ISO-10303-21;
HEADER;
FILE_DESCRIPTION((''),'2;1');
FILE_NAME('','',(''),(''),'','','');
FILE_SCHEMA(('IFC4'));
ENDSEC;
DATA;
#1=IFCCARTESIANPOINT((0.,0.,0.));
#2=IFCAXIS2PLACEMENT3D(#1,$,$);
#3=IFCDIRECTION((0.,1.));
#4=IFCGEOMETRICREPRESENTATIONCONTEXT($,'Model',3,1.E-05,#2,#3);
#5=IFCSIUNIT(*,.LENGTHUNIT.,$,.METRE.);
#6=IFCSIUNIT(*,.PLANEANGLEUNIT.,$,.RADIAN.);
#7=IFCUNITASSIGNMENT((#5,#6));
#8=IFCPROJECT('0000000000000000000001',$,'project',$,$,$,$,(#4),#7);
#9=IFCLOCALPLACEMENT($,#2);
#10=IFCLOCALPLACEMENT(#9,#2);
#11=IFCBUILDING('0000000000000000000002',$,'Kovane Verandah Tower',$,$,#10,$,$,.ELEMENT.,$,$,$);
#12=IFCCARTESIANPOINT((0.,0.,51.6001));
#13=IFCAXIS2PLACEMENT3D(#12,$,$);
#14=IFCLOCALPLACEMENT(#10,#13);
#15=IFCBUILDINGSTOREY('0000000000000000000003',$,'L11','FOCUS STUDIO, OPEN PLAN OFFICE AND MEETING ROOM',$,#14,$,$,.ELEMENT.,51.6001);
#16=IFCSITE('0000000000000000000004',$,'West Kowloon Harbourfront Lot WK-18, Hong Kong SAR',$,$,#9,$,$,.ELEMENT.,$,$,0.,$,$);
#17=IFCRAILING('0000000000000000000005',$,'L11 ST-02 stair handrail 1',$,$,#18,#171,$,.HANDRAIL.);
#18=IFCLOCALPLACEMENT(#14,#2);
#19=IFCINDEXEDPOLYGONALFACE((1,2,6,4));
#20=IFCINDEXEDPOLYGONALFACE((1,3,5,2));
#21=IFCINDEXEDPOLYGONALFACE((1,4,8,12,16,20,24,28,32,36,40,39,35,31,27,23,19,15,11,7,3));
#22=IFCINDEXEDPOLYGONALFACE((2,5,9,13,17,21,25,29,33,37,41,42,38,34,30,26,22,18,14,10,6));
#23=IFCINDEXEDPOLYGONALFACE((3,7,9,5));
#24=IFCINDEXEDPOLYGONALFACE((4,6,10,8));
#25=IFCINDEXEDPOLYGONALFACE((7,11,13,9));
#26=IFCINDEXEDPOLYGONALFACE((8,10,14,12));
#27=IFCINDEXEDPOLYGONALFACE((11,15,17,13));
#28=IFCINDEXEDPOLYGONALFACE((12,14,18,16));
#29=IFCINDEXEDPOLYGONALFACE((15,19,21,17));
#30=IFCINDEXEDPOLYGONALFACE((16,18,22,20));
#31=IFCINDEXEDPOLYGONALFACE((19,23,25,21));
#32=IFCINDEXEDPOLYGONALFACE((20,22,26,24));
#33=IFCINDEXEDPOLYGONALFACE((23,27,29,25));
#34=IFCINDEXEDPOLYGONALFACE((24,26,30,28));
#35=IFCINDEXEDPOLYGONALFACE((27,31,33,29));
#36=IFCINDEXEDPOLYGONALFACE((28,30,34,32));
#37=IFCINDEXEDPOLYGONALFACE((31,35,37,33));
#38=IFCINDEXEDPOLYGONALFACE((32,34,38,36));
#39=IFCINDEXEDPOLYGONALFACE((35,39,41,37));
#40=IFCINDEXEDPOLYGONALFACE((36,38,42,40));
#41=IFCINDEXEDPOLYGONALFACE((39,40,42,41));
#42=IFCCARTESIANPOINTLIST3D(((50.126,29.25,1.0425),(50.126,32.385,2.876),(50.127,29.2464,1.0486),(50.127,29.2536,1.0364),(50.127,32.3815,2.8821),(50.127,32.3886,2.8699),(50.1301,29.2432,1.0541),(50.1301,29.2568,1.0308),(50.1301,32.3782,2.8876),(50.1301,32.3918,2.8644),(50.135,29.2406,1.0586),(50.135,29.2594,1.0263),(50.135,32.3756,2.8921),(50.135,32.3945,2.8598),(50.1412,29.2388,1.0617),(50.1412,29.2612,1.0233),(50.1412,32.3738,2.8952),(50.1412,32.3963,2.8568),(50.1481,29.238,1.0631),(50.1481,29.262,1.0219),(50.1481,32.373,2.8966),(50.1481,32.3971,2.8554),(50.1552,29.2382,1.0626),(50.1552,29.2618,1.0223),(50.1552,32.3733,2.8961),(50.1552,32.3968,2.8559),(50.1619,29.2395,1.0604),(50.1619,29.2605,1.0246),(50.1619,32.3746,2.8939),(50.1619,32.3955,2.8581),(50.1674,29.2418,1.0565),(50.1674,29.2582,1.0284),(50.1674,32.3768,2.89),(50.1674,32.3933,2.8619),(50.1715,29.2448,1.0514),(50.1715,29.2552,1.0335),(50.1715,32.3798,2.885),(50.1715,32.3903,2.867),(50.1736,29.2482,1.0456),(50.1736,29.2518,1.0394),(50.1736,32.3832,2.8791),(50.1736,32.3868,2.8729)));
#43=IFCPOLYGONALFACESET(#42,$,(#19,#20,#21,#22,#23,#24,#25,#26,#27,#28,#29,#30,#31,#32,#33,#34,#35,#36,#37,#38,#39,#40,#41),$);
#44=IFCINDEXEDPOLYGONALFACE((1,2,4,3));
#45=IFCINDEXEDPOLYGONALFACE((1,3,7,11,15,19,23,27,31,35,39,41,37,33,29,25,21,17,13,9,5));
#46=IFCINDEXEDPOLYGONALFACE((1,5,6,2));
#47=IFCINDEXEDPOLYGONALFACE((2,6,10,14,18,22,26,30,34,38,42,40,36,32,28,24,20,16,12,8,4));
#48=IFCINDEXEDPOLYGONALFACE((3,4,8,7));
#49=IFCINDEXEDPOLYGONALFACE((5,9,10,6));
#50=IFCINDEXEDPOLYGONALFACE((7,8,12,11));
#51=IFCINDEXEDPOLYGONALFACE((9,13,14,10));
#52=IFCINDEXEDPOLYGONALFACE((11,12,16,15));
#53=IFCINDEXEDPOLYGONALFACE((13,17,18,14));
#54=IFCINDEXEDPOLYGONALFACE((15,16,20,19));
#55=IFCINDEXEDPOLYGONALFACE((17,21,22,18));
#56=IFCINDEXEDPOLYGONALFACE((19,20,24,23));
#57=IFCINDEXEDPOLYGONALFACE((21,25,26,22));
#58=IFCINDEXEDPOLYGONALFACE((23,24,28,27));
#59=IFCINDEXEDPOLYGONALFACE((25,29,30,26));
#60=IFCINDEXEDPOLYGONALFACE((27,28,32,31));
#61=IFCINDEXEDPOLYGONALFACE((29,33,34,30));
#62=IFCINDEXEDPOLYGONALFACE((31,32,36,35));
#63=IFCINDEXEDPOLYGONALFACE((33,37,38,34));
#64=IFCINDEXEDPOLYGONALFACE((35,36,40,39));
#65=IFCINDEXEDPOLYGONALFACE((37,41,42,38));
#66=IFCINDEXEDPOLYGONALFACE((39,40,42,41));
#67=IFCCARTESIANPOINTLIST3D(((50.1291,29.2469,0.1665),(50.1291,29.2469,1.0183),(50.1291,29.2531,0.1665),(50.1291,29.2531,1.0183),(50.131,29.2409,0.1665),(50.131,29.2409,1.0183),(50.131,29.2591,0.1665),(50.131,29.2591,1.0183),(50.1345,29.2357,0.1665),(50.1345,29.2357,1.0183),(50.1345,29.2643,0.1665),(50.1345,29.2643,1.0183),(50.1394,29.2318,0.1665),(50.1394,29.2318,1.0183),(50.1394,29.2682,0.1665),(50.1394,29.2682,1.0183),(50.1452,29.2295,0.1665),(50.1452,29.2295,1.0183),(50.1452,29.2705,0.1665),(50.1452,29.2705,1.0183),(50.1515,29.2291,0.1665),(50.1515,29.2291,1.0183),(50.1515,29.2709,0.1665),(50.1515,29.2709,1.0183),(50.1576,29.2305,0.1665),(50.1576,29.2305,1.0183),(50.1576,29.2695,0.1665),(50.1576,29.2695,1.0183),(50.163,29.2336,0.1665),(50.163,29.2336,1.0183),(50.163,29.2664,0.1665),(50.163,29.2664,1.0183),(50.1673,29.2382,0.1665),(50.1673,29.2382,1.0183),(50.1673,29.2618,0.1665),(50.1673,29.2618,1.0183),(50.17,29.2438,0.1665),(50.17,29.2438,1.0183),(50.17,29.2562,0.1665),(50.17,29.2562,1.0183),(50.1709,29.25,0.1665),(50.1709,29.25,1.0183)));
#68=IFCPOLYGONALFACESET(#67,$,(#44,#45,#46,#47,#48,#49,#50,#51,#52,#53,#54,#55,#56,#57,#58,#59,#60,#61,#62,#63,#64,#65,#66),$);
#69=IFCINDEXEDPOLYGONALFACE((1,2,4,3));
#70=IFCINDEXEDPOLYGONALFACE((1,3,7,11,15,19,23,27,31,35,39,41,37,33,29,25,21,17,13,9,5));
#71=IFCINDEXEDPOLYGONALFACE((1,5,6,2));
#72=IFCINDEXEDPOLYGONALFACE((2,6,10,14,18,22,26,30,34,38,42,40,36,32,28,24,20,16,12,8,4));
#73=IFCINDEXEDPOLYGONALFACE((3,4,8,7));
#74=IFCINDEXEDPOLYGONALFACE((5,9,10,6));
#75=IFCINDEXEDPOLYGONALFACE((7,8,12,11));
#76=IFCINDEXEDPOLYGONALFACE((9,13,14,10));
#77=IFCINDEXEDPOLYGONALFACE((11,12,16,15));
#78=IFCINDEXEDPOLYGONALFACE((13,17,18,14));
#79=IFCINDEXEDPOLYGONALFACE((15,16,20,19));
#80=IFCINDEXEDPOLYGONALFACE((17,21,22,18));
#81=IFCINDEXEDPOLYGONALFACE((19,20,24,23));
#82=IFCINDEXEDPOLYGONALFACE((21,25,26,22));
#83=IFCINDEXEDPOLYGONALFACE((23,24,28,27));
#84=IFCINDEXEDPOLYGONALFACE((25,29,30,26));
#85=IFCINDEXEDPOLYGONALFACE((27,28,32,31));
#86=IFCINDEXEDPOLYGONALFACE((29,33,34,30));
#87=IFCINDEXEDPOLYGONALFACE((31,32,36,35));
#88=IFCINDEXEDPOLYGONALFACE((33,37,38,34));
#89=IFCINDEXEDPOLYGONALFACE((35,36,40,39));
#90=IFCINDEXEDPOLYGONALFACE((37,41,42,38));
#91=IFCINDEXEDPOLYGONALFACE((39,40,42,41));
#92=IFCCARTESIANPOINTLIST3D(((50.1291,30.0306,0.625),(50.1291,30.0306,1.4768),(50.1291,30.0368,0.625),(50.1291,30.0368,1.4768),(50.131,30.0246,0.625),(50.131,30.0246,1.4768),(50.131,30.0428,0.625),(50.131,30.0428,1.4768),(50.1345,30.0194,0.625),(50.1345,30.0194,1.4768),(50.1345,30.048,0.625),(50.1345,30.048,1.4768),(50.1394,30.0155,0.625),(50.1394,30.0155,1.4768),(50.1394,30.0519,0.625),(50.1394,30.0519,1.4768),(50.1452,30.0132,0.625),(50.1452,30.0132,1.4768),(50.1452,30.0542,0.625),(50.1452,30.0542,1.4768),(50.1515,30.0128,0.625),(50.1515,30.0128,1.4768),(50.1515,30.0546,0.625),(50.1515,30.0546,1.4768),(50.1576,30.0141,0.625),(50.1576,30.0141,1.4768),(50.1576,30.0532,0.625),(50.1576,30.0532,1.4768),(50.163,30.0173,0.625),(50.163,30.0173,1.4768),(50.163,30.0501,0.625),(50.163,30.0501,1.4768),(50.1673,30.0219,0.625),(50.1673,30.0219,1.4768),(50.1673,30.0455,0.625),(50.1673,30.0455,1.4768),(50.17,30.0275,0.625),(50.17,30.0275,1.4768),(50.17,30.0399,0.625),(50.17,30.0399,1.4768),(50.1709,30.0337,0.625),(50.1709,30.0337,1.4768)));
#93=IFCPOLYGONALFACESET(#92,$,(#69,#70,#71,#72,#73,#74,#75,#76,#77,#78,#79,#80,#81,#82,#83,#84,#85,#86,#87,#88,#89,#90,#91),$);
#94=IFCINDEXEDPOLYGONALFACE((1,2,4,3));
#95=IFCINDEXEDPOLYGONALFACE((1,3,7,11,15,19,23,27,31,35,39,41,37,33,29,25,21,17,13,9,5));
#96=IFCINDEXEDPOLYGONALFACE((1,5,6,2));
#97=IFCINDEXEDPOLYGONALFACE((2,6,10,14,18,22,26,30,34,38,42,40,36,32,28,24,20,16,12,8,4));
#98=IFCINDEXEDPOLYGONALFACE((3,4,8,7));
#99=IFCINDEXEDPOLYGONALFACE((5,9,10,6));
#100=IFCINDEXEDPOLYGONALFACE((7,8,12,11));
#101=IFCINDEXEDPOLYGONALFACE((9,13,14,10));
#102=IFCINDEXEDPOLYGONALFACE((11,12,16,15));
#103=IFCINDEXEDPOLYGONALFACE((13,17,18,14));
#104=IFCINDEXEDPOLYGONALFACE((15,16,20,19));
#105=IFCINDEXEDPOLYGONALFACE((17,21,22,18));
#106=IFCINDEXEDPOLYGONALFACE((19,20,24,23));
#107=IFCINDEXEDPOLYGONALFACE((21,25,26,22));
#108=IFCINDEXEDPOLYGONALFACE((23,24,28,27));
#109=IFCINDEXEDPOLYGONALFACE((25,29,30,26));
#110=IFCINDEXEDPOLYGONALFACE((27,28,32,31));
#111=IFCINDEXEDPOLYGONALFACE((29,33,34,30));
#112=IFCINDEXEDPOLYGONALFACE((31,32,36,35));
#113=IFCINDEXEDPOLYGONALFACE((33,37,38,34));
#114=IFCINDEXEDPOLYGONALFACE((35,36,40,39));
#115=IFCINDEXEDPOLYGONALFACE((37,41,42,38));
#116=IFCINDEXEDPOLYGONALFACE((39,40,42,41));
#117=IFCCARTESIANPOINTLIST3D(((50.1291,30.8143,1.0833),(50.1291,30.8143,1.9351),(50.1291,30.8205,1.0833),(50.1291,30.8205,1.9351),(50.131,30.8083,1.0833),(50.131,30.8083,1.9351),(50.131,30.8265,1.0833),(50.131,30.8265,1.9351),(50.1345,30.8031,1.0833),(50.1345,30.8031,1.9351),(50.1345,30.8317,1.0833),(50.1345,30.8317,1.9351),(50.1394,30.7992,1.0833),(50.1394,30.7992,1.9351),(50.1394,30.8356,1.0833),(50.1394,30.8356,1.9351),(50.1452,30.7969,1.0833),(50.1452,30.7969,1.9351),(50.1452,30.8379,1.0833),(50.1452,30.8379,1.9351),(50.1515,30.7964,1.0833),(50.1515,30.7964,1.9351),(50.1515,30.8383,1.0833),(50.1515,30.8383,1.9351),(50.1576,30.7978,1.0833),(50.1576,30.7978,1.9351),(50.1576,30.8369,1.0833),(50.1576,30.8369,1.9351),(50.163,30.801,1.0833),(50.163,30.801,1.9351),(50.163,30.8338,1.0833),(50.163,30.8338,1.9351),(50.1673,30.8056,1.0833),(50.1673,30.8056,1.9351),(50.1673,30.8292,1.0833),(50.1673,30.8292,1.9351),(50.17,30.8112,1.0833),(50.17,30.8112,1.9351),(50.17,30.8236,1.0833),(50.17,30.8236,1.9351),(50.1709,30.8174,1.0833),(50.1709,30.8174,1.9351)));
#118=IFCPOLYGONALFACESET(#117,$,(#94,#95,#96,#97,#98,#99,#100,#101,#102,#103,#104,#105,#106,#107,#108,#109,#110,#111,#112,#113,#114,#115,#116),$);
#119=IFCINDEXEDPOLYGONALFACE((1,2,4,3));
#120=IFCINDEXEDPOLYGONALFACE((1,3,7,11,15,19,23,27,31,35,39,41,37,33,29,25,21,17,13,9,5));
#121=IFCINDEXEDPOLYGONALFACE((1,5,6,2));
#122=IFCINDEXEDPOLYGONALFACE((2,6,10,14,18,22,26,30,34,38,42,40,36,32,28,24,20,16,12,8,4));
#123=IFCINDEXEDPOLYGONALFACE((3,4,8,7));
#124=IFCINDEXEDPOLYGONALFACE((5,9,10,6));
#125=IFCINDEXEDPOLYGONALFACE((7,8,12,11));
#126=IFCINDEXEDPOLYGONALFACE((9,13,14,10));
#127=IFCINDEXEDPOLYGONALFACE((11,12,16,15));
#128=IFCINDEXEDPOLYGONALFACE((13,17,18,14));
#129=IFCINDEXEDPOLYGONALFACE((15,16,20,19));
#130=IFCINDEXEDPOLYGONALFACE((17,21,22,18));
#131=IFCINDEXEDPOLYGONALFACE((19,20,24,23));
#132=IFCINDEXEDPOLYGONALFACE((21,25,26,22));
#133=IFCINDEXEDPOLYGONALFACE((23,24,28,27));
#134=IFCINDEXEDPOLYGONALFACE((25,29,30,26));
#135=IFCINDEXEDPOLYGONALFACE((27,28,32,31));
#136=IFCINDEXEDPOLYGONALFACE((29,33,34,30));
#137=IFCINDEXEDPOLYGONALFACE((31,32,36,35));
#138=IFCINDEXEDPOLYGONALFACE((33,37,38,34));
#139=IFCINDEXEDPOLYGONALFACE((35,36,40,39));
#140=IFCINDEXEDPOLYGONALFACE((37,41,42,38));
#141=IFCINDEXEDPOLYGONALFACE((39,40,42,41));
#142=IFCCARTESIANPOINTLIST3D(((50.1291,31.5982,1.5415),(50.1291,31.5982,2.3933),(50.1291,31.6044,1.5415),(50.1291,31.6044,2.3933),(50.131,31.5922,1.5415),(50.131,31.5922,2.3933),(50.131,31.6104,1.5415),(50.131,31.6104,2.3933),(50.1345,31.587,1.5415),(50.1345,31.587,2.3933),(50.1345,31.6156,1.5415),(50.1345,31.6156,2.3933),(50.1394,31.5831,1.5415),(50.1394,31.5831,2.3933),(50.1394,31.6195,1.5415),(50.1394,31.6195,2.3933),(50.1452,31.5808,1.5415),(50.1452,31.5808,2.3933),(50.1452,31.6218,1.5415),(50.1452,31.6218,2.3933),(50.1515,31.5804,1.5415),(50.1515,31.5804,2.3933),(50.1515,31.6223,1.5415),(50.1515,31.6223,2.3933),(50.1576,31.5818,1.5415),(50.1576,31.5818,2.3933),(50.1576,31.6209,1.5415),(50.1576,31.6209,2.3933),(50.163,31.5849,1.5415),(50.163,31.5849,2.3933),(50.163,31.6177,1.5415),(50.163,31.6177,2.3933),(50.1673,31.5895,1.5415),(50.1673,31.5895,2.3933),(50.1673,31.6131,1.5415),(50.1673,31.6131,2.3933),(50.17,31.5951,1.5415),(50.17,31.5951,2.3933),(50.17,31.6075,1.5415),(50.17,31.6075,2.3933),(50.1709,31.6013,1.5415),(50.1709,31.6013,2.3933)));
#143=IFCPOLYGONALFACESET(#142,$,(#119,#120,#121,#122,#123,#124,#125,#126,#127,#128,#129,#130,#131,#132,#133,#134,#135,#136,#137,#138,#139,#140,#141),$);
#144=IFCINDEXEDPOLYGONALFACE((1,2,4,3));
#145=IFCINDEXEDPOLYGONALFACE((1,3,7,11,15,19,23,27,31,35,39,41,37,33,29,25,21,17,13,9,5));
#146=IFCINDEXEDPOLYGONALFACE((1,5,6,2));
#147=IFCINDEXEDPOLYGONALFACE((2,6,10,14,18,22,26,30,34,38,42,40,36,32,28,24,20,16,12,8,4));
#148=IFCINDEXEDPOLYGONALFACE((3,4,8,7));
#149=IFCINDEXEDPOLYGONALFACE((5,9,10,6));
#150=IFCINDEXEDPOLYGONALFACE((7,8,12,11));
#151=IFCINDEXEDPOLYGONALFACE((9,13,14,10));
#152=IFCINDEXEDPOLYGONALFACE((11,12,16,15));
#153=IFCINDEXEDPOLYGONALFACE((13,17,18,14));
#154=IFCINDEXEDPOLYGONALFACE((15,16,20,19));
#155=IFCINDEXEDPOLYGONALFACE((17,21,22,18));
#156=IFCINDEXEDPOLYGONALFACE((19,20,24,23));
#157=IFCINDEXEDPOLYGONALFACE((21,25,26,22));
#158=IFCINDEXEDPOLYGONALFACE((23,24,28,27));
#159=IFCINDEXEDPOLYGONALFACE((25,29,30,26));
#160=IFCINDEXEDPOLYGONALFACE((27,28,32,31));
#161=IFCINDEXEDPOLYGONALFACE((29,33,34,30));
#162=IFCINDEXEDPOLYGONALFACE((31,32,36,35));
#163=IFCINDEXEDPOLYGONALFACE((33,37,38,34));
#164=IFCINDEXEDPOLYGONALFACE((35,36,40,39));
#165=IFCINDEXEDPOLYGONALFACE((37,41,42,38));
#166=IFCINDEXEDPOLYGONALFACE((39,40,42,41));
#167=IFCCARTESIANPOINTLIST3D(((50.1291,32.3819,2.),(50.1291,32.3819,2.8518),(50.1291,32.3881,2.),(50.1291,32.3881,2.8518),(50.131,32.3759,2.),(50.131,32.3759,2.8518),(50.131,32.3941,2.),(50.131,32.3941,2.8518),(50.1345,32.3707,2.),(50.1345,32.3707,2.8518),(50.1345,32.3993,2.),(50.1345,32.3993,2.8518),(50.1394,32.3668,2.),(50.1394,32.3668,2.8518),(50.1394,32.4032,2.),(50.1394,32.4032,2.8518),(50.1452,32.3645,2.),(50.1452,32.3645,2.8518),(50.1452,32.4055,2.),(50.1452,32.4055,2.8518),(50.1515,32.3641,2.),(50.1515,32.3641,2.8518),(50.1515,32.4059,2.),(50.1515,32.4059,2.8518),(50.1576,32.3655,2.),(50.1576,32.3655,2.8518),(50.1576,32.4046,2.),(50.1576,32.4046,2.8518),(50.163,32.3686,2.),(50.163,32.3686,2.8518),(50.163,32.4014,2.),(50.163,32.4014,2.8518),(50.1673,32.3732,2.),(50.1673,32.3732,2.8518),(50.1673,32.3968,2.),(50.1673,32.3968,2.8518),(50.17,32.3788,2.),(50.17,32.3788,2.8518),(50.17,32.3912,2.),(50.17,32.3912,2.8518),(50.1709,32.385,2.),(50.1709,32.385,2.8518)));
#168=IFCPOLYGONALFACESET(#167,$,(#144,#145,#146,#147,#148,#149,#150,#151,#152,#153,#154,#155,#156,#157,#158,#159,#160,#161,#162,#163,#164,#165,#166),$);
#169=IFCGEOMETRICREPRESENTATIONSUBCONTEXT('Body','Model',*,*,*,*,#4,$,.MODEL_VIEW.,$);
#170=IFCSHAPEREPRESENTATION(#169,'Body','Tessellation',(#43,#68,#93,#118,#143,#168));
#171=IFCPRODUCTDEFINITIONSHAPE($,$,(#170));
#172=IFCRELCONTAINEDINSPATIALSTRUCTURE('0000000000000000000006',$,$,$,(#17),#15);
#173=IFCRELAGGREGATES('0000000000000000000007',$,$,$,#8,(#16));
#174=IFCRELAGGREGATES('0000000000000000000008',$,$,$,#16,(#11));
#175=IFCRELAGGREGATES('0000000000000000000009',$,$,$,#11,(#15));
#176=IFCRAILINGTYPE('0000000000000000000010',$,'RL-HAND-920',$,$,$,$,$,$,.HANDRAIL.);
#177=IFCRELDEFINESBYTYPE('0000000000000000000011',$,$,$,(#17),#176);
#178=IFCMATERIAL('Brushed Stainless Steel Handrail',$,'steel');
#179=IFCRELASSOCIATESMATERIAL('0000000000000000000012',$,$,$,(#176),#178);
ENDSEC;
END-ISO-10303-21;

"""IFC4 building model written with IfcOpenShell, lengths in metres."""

from ifc_helpers import new_model, si_unit, direction, frame, origin, origin_2d, place, context, subcontext, project, spatial, circle, extrude, material, type_object, element, save


model = new_model("IFC4")

# Units and contexts
model_context = context("Model", 3, precision=1e-05, world=origin(), true_north=direction((0.0, 1.0)))
body_context = subcontext(model_context, "Body", "Model", "MODEL_VIEW")
ifc_project = project(units=[si_unit("LENGTHUNIT", "METRE"), si_unit("PLANEANGLEUNIT", "RADIAN")], contexts=[model_context])

# Site, building, storey
site_placement = place(None, origin())
site = spatial("IfcSite", under=ifc_project, at=site_placement, Name="West Kowloon Harbourfront Lot WK-18, Hong Kong SAR", CompositionType="ELEMENT", RefElevation=0.0)
building_placement = place(site_placement, origin())
building = spatial("IfcBuilding", under=site, at=building_placement, Name="Kovane Verandah Tower", CompositionType="ELEMENT")
storey_placement = place(building_placement, frame((0.0, 0.0, 51.6001)))
storey = spatial("IfcBuildingStorey", under=building, at=storey_placement, Name="L11", Description="FOCUS STUDIO, OPEN PLAN OFFICE AND MEETING ROOM", CompositionType="ELEMENT", Elevation=51.6001)

# Railing
ifc_material_1 = material(Name="Brushed Stainless Steel Handrail", Category="steel")
railing_type_1 = type_object("IfcRailingType", Name="RL-HAND-920", PredefinedType="HANDRAIL", material=ifc_material_1)
railing_1_placement = place(storey_placement, frame((50.1499, 29.25, 0.1665)))
element("IfcRailing", 1, at=railing_1_placement, inside=storey, type_object=railing_type_1, Name="L11 ST-02 stair handrail 1", PredefinedType="HANDRAIL", context=body_context, shape_type="SweptSolid", body=[
    extrude(circle(Radius=0.0239, at=origin_2d()), frame((0.0, 0.0, 0.876), z_axis=(0.0, 0.86321, 0.504845), x_axis=(-1.0, 0.0, 0.0)), (0.0, 0.0, 1.0), 3.6318),
    extrude(circle(Radius=0.021, at=origin_2d()), origin(), (0.0, 0.0, 1.0), 0.8518),
    extrude(circle(Radius=0.021, at=origin_2d()), frame((0.0, 0.7837, 0.4585)), (0.0, 0.0, 1.0), 0.8518),
    extrude(circle(Radius=0.021, at=origin_2d()), frame((0.0, 1.5674, 0.9167)), (0.0, 0.0, 1.0), 0.8518),
    extrude(circle(Radius=0.021, at=origin_2d()), frame((0.0, 2.3513, 1.375)), (0.0, 0.0, 1.0), 0.8518),
    extrude(circle(Radius=0.021, at=origin_2d()), frame((0.0, 3.135, 1.8335)), (0.0, 0.0, 1.0), 0.8518),
])

save(model, "model.ifc")
